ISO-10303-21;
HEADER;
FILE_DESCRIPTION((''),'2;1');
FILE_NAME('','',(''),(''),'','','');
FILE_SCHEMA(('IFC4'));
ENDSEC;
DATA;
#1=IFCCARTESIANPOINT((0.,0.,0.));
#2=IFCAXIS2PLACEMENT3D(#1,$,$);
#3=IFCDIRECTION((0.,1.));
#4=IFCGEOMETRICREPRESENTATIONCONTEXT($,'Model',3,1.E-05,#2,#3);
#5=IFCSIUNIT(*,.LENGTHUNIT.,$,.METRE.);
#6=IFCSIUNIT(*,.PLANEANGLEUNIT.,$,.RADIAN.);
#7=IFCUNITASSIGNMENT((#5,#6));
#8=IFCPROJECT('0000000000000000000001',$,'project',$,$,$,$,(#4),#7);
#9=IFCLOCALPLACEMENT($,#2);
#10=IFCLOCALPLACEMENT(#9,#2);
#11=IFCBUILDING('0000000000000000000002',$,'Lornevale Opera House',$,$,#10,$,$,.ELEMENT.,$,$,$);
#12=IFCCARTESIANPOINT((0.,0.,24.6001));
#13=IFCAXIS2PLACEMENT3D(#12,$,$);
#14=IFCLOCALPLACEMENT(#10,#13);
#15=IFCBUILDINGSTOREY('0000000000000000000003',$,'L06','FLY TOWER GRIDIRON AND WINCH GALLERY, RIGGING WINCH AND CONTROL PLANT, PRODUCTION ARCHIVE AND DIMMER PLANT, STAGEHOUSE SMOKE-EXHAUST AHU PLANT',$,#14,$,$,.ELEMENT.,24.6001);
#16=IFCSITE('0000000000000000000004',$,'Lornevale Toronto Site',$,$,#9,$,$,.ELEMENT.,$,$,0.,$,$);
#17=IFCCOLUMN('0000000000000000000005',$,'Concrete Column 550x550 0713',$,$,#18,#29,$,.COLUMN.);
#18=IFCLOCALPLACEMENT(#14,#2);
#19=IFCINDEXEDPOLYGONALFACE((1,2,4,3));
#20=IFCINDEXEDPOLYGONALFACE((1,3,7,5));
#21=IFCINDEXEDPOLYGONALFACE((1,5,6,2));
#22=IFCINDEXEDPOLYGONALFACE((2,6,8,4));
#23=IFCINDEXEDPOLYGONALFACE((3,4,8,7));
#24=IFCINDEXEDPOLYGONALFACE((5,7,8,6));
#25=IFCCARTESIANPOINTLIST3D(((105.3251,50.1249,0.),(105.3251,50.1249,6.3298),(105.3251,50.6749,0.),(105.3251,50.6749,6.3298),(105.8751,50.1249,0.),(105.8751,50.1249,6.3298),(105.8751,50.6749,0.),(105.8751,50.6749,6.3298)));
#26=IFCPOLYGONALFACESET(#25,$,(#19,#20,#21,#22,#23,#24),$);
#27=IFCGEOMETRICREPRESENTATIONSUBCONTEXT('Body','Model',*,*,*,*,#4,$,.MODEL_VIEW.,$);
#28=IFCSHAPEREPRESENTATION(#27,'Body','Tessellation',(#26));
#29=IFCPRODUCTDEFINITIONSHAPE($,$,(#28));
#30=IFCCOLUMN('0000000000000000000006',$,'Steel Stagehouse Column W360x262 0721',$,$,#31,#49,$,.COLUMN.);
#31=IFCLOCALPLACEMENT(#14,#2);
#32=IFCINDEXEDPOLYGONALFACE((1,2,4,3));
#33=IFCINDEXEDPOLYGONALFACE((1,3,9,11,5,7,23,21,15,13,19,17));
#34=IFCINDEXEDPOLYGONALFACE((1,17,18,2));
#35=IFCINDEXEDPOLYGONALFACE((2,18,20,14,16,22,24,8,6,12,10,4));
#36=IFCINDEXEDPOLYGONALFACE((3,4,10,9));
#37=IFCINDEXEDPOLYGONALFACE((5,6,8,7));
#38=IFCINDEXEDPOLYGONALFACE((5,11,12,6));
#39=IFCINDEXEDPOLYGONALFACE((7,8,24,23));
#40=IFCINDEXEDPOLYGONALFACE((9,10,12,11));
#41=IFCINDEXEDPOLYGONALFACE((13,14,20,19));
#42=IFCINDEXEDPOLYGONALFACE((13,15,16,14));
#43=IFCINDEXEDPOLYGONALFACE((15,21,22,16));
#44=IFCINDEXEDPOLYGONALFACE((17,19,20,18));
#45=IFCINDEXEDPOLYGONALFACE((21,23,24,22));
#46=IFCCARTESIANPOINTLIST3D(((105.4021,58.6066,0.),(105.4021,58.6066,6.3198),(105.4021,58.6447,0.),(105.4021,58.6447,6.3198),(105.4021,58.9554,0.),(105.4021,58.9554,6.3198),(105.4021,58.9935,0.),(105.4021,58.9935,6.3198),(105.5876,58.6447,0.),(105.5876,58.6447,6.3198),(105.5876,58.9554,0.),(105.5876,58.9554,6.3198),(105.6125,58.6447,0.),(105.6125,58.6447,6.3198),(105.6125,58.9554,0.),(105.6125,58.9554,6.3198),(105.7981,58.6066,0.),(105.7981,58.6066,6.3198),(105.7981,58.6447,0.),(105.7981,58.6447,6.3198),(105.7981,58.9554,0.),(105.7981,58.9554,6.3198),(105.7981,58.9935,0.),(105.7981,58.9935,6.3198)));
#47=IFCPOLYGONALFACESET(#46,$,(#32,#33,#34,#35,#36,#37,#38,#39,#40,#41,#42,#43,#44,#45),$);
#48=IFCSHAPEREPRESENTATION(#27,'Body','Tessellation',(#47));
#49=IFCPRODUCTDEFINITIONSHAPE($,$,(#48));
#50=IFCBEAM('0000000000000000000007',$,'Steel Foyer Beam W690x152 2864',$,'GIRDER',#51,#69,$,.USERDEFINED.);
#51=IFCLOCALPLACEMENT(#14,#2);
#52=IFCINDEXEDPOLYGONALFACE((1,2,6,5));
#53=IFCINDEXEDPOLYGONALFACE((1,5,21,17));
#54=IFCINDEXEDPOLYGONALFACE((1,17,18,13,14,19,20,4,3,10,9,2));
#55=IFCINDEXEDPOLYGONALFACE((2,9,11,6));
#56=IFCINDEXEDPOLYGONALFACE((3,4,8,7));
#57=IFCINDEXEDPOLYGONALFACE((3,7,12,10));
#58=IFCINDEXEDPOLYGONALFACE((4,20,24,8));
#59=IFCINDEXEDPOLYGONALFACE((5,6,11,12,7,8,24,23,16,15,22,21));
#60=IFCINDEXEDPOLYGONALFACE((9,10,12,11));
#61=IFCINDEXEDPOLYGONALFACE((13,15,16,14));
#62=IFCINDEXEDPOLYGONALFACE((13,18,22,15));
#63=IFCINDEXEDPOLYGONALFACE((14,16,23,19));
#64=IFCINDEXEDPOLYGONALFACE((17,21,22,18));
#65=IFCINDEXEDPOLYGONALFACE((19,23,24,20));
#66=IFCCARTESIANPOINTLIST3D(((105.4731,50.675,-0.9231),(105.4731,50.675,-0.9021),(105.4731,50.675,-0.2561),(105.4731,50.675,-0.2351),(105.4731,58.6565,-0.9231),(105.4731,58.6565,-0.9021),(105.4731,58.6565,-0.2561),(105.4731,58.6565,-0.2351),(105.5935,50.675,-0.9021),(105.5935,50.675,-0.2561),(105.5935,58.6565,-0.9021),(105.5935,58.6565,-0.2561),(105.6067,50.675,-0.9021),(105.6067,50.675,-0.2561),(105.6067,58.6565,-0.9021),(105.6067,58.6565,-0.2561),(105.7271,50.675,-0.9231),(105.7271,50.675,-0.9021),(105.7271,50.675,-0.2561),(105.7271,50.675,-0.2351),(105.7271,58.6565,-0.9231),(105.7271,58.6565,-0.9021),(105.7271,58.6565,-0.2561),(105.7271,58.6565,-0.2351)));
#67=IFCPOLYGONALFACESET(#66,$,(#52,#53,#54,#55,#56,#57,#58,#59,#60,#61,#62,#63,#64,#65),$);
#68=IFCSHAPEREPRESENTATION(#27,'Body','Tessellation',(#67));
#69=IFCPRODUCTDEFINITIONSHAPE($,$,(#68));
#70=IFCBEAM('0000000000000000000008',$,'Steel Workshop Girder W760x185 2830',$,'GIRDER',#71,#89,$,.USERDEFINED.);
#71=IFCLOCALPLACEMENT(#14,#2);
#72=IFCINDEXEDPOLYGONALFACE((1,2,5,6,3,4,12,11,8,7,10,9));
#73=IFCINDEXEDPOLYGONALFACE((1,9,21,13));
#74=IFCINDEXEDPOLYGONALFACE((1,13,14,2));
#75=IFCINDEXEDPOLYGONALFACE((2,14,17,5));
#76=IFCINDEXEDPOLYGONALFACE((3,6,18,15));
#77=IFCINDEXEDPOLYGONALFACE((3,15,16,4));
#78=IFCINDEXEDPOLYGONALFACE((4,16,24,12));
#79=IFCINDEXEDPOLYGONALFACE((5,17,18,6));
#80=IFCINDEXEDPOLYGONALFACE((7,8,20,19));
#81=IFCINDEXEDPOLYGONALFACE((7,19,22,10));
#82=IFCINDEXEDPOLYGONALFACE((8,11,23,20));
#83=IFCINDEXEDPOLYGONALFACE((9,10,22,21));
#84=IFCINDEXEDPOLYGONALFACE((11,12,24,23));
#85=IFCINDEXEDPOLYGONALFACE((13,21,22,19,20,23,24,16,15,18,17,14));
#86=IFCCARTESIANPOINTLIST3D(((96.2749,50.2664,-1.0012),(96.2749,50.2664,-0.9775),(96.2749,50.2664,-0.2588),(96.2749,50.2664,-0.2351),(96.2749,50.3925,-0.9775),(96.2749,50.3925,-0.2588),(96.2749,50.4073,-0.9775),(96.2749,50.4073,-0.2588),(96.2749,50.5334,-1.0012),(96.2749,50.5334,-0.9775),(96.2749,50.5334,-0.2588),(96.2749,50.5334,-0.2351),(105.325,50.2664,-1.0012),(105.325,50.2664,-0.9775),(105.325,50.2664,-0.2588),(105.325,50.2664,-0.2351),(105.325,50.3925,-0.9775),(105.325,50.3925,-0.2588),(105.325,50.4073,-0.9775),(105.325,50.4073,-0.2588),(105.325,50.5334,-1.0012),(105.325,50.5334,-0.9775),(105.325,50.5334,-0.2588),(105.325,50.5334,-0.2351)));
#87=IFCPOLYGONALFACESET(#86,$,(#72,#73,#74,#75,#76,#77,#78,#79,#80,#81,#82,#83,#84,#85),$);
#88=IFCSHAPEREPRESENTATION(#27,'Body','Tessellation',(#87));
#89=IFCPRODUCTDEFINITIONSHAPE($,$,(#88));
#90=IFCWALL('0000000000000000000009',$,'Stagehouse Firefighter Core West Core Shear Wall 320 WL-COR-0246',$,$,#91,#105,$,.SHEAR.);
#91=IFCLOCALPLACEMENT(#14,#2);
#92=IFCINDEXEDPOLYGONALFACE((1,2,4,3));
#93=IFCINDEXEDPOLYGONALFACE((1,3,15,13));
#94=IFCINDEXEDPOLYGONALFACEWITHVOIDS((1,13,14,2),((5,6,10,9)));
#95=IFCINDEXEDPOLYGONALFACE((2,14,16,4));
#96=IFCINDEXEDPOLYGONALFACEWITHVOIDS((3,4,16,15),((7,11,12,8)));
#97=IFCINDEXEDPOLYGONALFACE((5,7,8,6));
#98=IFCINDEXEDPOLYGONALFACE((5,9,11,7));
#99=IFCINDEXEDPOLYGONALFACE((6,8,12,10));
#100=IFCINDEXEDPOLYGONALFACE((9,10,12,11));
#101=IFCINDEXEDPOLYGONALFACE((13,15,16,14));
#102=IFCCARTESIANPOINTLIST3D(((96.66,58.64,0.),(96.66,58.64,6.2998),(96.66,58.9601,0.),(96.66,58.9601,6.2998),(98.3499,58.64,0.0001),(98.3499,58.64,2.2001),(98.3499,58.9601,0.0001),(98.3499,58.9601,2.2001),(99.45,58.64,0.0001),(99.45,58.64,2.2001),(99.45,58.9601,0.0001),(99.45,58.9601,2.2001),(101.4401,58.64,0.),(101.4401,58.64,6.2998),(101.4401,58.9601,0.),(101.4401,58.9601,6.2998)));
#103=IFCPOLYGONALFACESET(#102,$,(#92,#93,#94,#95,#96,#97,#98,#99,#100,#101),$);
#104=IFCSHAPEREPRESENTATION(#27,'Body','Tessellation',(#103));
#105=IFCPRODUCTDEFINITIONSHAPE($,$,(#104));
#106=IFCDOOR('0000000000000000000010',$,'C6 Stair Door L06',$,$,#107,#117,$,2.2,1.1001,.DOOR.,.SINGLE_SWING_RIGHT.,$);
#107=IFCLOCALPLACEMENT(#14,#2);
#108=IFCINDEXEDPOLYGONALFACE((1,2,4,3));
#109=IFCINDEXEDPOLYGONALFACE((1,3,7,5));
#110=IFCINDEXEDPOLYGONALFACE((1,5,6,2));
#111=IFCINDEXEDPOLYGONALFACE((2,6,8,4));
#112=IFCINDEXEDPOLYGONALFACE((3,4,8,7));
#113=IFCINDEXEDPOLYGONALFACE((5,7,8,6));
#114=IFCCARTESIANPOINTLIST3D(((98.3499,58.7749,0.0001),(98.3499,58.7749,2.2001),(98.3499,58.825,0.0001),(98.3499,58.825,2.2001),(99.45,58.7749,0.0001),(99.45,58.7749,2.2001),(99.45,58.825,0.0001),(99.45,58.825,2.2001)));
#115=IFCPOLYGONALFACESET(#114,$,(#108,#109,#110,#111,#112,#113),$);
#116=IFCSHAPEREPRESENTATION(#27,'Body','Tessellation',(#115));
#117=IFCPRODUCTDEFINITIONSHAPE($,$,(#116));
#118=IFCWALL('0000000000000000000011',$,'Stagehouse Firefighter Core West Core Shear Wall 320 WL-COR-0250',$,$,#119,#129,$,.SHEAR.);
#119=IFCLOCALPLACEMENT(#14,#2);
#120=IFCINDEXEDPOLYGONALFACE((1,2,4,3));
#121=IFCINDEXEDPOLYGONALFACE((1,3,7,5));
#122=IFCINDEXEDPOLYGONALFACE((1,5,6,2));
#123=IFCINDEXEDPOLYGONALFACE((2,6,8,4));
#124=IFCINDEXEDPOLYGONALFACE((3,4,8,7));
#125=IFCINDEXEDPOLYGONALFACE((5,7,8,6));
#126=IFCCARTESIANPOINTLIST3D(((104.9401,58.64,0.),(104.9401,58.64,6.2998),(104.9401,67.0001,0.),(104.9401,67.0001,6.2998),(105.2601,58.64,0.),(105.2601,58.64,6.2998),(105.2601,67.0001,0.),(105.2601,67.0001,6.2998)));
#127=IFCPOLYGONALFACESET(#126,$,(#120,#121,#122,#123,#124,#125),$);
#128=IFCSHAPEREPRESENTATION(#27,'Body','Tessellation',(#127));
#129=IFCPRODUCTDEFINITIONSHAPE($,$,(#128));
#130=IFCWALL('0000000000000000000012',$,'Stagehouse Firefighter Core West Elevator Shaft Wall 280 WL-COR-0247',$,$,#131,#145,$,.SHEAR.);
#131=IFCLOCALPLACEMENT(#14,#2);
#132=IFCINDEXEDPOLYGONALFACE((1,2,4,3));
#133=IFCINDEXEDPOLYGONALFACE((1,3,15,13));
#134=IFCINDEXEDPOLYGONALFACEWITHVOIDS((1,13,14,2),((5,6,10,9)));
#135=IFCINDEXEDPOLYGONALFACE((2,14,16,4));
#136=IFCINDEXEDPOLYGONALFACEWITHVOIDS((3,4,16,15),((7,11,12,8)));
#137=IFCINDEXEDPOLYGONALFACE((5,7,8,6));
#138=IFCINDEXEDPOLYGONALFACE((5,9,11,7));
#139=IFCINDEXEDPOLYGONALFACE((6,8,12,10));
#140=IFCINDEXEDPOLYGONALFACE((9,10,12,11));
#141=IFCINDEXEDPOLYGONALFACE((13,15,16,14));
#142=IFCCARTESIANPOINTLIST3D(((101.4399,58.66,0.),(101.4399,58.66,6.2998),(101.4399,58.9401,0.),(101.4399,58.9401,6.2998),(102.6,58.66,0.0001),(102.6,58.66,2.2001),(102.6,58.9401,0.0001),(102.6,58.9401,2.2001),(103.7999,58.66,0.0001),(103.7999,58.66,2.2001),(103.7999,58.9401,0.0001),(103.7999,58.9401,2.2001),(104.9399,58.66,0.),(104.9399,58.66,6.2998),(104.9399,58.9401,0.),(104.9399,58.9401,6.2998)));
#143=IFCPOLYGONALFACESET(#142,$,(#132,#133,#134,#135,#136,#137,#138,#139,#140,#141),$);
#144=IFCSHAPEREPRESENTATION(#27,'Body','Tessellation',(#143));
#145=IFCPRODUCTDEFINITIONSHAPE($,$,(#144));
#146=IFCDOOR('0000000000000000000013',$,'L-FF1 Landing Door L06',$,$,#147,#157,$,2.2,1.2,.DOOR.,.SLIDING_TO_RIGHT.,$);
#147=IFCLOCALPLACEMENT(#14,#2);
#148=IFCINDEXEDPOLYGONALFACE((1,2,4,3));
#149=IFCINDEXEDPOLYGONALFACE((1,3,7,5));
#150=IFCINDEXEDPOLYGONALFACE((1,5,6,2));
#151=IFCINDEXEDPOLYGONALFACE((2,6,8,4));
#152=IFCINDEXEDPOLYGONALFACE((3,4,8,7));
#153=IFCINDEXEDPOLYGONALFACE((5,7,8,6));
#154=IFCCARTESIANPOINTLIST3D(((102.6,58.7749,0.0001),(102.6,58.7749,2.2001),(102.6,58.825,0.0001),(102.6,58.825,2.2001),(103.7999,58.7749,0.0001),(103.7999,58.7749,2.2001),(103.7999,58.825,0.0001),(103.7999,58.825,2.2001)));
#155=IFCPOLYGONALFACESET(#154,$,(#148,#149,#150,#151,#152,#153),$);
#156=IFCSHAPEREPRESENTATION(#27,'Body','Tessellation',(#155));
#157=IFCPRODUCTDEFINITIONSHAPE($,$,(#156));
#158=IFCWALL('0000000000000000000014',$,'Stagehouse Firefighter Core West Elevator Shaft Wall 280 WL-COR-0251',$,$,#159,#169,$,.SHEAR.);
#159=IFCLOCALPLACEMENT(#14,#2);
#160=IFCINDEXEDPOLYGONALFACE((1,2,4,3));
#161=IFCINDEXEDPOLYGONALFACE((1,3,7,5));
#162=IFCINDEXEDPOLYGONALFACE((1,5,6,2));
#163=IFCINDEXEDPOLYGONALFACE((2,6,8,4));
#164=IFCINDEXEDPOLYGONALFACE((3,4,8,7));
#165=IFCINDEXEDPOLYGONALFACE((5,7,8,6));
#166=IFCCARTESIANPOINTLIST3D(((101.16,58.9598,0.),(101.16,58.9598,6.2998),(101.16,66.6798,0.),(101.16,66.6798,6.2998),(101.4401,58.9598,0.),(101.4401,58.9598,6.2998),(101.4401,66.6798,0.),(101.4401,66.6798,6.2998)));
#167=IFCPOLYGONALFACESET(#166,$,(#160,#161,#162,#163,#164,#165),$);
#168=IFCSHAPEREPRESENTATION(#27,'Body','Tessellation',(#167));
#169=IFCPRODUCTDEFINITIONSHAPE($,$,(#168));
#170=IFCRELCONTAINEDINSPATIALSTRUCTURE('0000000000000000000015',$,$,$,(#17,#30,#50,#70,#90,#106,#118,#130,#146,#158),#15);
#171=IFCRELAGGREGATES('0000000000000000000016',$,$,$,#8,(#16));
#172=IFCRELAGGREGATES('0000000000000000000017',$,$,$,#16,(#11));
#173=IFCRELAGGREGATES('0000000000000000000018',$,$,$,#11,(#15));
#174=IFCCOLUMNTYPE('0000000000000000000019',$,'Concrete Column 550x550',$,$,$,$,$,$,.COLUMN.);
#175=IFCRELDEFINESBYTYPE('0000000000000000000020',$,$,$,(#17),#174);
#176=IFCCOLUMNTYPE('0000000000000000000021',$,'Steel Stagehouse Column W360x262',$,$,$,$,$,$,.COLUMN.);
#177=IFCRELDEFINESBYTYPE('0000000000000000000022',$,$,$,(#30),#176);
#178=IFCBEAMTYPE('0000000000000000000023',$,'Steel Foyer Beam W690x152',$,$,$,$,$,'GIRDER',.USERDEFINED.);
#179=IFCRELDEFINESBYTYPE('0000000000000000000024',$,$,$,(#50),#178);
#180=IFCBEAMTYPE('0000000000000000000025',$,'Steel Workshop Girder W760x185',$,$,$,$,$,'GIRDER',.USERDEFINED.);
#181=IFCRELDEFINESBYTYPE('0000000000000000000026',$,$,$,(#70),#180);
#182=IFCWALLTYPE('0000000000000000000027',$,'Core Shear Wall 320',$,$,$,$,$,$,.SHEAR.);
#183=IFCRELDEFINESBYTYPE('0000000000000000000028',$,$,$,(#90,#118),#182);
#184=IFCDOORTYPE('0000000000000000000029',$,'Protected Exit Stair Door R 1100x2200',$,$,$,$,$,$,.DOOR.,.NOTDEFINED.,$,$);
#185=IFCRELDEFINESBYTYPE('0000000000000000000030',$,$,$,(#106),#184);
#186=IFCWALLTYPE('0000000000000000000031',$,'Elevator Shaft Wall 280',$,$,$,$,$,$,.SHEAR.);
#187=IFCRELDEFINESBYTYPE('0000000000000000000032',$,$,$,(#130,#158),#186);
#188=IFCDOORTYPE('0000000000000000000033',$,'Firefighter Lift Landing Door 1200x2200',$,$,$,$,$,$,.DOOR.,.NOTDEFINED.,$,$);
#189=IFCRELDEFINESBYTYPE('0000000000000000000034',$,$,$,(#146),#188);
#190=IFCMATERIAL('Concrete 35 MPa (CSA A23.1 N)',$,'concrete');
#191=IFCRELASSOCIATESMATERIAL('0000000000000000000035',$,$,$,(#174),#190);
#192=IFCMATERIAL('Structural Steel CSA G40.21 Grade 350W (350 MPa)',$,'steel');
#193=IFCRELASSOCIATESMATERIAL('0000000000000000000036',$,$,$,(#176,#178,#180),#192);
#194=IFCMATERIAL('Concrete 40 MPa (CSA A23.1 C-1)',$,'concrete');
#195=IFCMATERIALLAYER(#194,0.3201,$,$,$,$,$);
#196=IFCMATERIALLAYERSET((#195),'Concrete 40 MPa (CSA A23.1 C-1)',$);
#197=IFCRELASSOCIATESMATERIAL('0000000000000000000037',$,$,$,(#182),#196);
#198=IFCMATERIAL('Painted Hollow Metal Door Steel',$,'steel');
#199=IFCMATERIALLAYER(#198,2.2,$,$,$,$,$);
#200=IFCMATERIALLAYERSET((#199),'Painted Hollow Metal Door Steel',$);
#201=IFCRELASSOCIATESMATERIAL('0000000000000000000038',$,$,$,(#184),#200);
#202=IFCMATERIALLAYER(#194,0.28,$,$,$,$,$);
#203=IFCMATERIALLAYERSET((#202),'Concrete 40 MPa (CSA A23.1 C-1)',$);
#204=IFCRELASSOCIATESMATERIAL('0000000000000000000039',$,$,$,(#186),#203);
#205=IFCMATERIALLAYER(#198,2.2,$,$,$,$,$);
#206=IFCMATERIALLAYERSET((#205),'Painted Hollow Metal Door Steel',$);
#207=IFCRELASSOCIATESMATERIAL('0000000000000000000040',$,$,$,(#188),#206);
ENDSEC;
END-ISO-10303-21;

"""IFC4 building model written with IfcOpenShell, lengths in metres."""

from ifc_helpers import new_model, si_unit, direction, frame, frame_2d, origin, origin_2d, place, context, subcontext, project, spatial, rectangle, i_section, extrude, material, layer, layer_set, material_profile, profile_set, type_object, element, fill, save


model = new_model("IFC4")

# Units and contexts
model_context = context("Model", 3, precision=1e-05, world=origin(), true_north=direction((0.0, 1.0)))
body_context = subcontext(model_context, "Body", "Model", "MODEL_VIEW")
ifc_project = project(units=[si_unit("LENGTHUNIT", "METRE"), si_unit("PLANEANGLEUNIT", "RADIAN")], contexts=[model_context])

# Site, building, storey
site_placement = place(None, origin())
site = spatial("IfcSite", under=ifc_project, at=site_placement, Name="Lornevale Toronto Site", CompositionType="ELEMENT", RefElevation=0.0)
building_placement = place(site_placement, origin())
building = spatial("IfcBuilding", under=site, at=building_placement, Name="Lornevale Opera House", CompositionType="ELEMENT")
storey_placement = place(building_placement, frame((0.0, 0.0, 24.6001)))
storey = spatial("IfcBuildingStorey", under=building, at=storey_placement, Name="L06", Description="FLY TOWER GRIDIRON AND WINCH GALLERY, RIGGING WINCH AND CONTROL PLANT, PRODUCTION ARCHIVE AND DIMMER PLANT, STAGEHOUSE SMOKE-EXHAUST AHU PLANT", CompositionType="ELEMENT", Elevation=24.6001)

# Columns
ifc_material_1 = material(Name="Concrete 35 MPa (CSA A23.1 N)", Category="concrete")
ifc_material_profile_1 = material_profile(ifc_material_1, rectangle(XDim=0.55, YDim=0.55, at=origin_2d()), Name="RC550x550")
ifc_profile_set_1 = profile_set([ifc_material_profile_1], Name="Concrete 35 MPa (CSA A23.1 N)")
column_type_1 = type_object("IfcColumnType", Name="Concrete Column 550x550", PredefinedType="COLUMN", material=ifc_profile_set_1)
column_1_placement = place(storey_placement, frame((105.6001, 50.3999, 0.0), z_axis=(0.0, 0.0, 1.0), x_axis=(1.0, 0.0, 0.0)))
element("IfcColumn", 1, at=column_1_placement, inside=storey, type_object=column_type_1, Name="Concrete Column 550x550 0713", PredefinedType="COLUMN", context=body_context, shape_type="SweptSolid", body=[
    extrude(rectangle(XDim=0.55, YDim=0.55, at=origin_2d()), origin(), (0.0, 0.0, 1.0), 6.3298),
])
ifc_material_2 = material(Name="Structural Steel CSA G40.21 Grade 350W (350 MPa)", Category="steel")
ifc_material_profile_2 = material_profile(ifc_material_2, i_section(OverallWidth=0.396, OverallDepth=0.387, WebThickness=0.0249, FlangeThickness=0.0381, at=origin_2d()), Name="W360x262")
ifc_profile_set_2 = profile_set([ifc_material_profile_2], Name="Structural Steel CSA G40.21 Grade 350W (350 MPa)")
column_type_2 = type_object("IfcColumnType", Name="Steel Stagehouse Column W360x262", PredefinedType="COLUMN", material=ifc_profile_set_2)
column_2_placement = place(storey_placement, frame((105.6001, 58.8, 0.0), z_axis=(0.0, 0.0, 1.0), x_axis=(1.0, 0.0, 0.0)))
element("IfcColumn", 2, at=column_2_placement, inside=storey, type_object=column_type_2, Name="Steel Stagehouse Column W360x262 0721", PredefinedType="COLUMN", context=body_context, shape_type="SweptSolid", body=[
    extrude(i_section(OverallWidth=0.396, OverallDepth=0.387, WebThickness=0.0249, FlangeThickness=0.0381, at=origin_2d()), origin(), (0.0, 0.0, 1.0), 6.3198),
])

# Beams
ifc_material_profile_3 = material_profile(ifc_material_2, i_section(OverallWidth=0.2539, OverallDepth=0.688, WebThickness=0.0132, FlangeThickness=0.021, at=origin_2d()), Name="W690x152")
ifc_profile_set_3 = profile_set([ifc_material_profile_3], Name="Structural Steel CSA G40.21 Grade 350W (350 MPa)")
beam_type_1 = type_object("IfcBeamType", Name="Steel Foyer Beam W690x152", ElementType="GIRDER", PredefinedType="USERDEFINED", material=ifc_profile_set_3)
beam_1_placement = place(storey_placement, frame((105.6001, 50.675, -0.5791), z_axis=(0.0, 1.0, 0.0), x_axis=(-1.0, 0.0, 0.0)))
element("IfcBeam", 3, at=beam_1_placement, inside=storey, type_object=beam_type_1, Name="Steel Foyer Beam W690x152 2864", ObjectType="GIRDER", PredefinedType="USERDEFINED", context=body_context, shape_type="SweptSolid", body=[
    extrude(i_section(OverallWidth=0.2539, OverallDepth=0.688, WebThickness=0.0132, FlangeThickness=0.021, at=origin_2d()), origin(), (0.0, 0.0, 1.0), 7.9814),
])
ifc_material_profile_4 = material_profile(ifc_material_2, i_section(OverallWidth=0.2671, OverallDepth=0.7661, WebThickness=0.0149, FlangeThickness=0.0237, at=origin_2d()), Name="W760x185")
ifc_profile_set_4 = profile_set([ifc_material_profile_4], Name="Structural Steel CSA G40.21 Grade 350W (350 MPa)")
beam_type_2 = type_object("IfcBeamType", Name="Steel Workshop Girder W760x185", ElementType="GIRDER", PredefinedType="USERDEFINED", material=ifc_profile_set_4)
beam_2_placement = place(storey_placement, frame((96.2749, 50.3999, -0.6182), z_axis=(1.0, 0.0, 0.0), x_axis=(0.0, 1.0, 0.0)))
element("IfcBeam", 4, at=beam_2_placement, inside=storey, type_object=beam_type_2, Name="Steel Workshop Girder W760x185 2830", ObjectType="GIRDER", PredefinedType="USERDEFINED", context=body_context, shape_type="SweptSolid", body=[
    extrude(i_section(OverallWidth=0.2671, OverallDepth=0.7661, WebThickness=0.0149, FlangeThickness=0.0237, at=origin_2d()), origin(), (0.0, 0.0, 1.0), 9.05),
])

# Wall, opening, door
ifc_material_3 = material(Name="Concrete 40 MPa (CSA A23.1 C-1)", Category="concrete")
ifc_layer_1 = layer(ifc_material_3, 0.3201)
ifc_layer_set_1 = layer_set([ifc_layer_1], Name="Concrete 40 MPa (CSA A23.1 C-1)")
wall_type_1 = type_object("IfcWallType", Name="Core Shear Wall 320", PredefinedType="SHEAR", material=ifc_layer_set_1)
wall_1_placement = place(storey_placement, frame((96.6599, 58.8, 0.0), z_axis=(0.0, 0.0, 1.0), x_axis=(1.0, 0.0, 0.0)))
wall_1 = element("IfcWall", 5, at=wall_1_placement, inside=storey, type_object=wall_type_1, Name="Stagehouse Firefighter Core West Core Shear Wall 320 WL-COR-0246", PredefinedType="SHEAR", context=body_context, shape_type="SweptSolid", body=[
    extrude(rectangle(XDim=4.78, YDim=0.3201, at=frame_2d((2.3901, 0.0))), origin(), (0.0, 0.0, 1.0), 6.2998),
])
opening_1_placement = place(wall_1_placement, frame((1.6899, 0.0, 0.0)))
opening_1 = element("IfcOpeningElement", 6, at=opening_1_placement, cuts=wall_1, PredefinedType="OPENING", context=body_context, shape_type="SweptSolid", body=[
    extrude(rectangle(XDim=1.1001, YDim=2.2, at=frame_2d((0.55, 1.1001))), frame((0.0, 0.1699, 0.0), z_axis=(0.0, -1.0, 0.0), x_axis=(1.0, 0.0, 0.0)), (0.0, 0.0, 1.0), 0.3401),
])
ifc_material_4 = material(Name="Painted Hollow Metal Door Steel", Category="steel")
ifc_layer_2 = layer(ifc_material_4, 2.2)
ifc_layer_set_2 = layer_set([ifc_layer_2], Name="Painted Hollow Metal Door Steel")
door_type_1 = type_object("IfcDoorType", Name="Protected Exit Stair Door R 1100x2200", OperationType="NOTDEFINED", PredefinedType="DOOR", material=ifc_layer_set_2)
door_1_placement = place(opening_1_placement, origin())
door_1 = element("IfcDoor", 7, at=door_1_placement, inside=storey, type_object=door_type_1, Name="C6 Stair Door L06", OperationType="SINGLE_SWING_RIGHT", OverallHeight=2.2, OverallWidth=1.1001, PredefinedType="DOOR", context=body_context, shape_type="SweptSolid", body=[
    extrude(rectangle(XDim=1.1001, YDim=2.2, at=frame_2d((0.55, 1.1001))), frame((0.0, 0.0249, 0.0), z_axis=(0.0, -1.0, 0.0), x_axis=(1.0, 0.0, 0.0)), (0.0, 0.0, 1.0), 0.05),
])
fill(opening_1, door_1)

# Wall
wall_2_placement = place(storey_placement, frame((105.1001, 58.6399, 0.0), z_axis=(0.0, 0.0, 1.0), x_axis=(0.0, 1.0, 0.0)))
element("IfcWall", 8, at=wall_2_placement, inside=storey, type_object=wall_type_1, Name="Stagehouse Firefighter Core West Core Shear Wall 320 WL-COR-0250", PredefinedType="SHEAR", context=body_context, shape_type="SweptSolid", body=[
    extrude(rectangle(XDim=8.3601, YDim=0.3201, at=frame_2d((4.1802, 0.0))), origin(), (0.0, 0.0, 1.0), 6.2998),
])

# Wall, opening, door
ifc_layer_3 = layer(ifc_material_3, 0.28)
ifc_layer_set_3 = layer_set([ifc_layer_3], Name="Concrete 40 MPa (CSA A23.1 C-1)")
wall_type_2 = type_object("IfcWallType", Name="Elevator Shaft Wall 280", PredefinedType="SHEAR", material=ifc_layer_set_3)
wall_3_placement = place(storey_placement, frame((101.4399, 58.8, 0.0), z_axis=(0.0, 0.0, 1.0), x_axis=(1.0, 0.0, 0.0)))
wall_3 = element("IfcWall", 9, at=wall_3_placement, inside=storey, type_object=wall_type_2, Name="Stagehouse Firefighter Core West Elevator Shaft Wall 280 WL-COR-0247", PredefinedType="SHEAR", context=body_context, shape_type="SweptSolid", body=[
    extrude(rectangle(XDim=3.5, YDim=0.28, at=frame_2d((1.75, 0.0))), origin(), (0.0, 0.0, 1.0), 6.2998),
])
opening_2_placement = place(wall_3_placement, frame((1.1599, 0.0, 0.0)))
opening_2 = element("IfcOpeningElement", 10, at=opening_2_placement, cuts=wall_3, PredefinedType="OPENING", context=body_context, shape_type="SweptSolid", body=[
    extrude(rectangle(XDim=1.2, YDim=2.2, at=frame_2d((0.6001, 1.1001))), frame((0.0, 0.1499, 0.0), z_axis=(0.0, -1.0, 0.0), x_axis=(1.0, 0.0, 0.0)), (0.0, 0.0, 1.0), 0.3),
])
ifc_layer_4 = layer(ifc_material_4, 2.2)
ifc_layer_set_4 = layer_set([ifc_layer_4], Name="Painted Hollow Metal Door Steel")
door_type_2 = type_object("IfcDoorType", Name="Firefighter Lift Landing Door 1200x2200", OperationType="NOTDEFINED", PredefinedType="DOOR", material=ifc_layer_set_4)
door_2_placement = place(opening_2_placement, origin())
door_2 = element("IfcDoor", 11, at=door_2_placement, inside=storey, type_object=door_type_2, Name="L-FF1 Landing Door L06", OperationType="SLIDING_TO_RIGHT", OverallHeight=2.2, OverallWidth=1.2, PredefinedType="DOOR", context=body_context, shape_type="SweptSolid", body=[
    extrude(rectangle(XDim=1.2, YDim=2.2, at=frame_2d((0.6001, 1.1001))), frame((0.0, 0.0249, 0.0), z_axis=(0.0, -1.0, 0.0), x_axis=(1.0, 0.0, 0.0)), (0.0, 0.0, 1.0), 0.05),
])
fill(opening_2, door_2)

# Wall
wall_4_placement = place(storey_placement, frame((101.3, 58.96, 0.0), z_axis=(0.0, 0.0, 1.0), x_axis=(0.0, 1.0, 0.0)))
element("IfcWall", 12, at=wall_4_placement, inside=storey, type_object=wall_type_2, Name="Stagehouse Firefighter Core West Elevator Shaft Wall 280 WL-COR-0251", PredefinedType="SHEAR", context=body_context, shape_type="SweptSolid", body=[
    extrude(rectangle(XDim=7.72, YDim=0.28, at=frame_2d((3.8599, 0.0))), origin(), (0.0, 0.0, 1.0), 6.2998),
])

save(model, "model.ifc")
